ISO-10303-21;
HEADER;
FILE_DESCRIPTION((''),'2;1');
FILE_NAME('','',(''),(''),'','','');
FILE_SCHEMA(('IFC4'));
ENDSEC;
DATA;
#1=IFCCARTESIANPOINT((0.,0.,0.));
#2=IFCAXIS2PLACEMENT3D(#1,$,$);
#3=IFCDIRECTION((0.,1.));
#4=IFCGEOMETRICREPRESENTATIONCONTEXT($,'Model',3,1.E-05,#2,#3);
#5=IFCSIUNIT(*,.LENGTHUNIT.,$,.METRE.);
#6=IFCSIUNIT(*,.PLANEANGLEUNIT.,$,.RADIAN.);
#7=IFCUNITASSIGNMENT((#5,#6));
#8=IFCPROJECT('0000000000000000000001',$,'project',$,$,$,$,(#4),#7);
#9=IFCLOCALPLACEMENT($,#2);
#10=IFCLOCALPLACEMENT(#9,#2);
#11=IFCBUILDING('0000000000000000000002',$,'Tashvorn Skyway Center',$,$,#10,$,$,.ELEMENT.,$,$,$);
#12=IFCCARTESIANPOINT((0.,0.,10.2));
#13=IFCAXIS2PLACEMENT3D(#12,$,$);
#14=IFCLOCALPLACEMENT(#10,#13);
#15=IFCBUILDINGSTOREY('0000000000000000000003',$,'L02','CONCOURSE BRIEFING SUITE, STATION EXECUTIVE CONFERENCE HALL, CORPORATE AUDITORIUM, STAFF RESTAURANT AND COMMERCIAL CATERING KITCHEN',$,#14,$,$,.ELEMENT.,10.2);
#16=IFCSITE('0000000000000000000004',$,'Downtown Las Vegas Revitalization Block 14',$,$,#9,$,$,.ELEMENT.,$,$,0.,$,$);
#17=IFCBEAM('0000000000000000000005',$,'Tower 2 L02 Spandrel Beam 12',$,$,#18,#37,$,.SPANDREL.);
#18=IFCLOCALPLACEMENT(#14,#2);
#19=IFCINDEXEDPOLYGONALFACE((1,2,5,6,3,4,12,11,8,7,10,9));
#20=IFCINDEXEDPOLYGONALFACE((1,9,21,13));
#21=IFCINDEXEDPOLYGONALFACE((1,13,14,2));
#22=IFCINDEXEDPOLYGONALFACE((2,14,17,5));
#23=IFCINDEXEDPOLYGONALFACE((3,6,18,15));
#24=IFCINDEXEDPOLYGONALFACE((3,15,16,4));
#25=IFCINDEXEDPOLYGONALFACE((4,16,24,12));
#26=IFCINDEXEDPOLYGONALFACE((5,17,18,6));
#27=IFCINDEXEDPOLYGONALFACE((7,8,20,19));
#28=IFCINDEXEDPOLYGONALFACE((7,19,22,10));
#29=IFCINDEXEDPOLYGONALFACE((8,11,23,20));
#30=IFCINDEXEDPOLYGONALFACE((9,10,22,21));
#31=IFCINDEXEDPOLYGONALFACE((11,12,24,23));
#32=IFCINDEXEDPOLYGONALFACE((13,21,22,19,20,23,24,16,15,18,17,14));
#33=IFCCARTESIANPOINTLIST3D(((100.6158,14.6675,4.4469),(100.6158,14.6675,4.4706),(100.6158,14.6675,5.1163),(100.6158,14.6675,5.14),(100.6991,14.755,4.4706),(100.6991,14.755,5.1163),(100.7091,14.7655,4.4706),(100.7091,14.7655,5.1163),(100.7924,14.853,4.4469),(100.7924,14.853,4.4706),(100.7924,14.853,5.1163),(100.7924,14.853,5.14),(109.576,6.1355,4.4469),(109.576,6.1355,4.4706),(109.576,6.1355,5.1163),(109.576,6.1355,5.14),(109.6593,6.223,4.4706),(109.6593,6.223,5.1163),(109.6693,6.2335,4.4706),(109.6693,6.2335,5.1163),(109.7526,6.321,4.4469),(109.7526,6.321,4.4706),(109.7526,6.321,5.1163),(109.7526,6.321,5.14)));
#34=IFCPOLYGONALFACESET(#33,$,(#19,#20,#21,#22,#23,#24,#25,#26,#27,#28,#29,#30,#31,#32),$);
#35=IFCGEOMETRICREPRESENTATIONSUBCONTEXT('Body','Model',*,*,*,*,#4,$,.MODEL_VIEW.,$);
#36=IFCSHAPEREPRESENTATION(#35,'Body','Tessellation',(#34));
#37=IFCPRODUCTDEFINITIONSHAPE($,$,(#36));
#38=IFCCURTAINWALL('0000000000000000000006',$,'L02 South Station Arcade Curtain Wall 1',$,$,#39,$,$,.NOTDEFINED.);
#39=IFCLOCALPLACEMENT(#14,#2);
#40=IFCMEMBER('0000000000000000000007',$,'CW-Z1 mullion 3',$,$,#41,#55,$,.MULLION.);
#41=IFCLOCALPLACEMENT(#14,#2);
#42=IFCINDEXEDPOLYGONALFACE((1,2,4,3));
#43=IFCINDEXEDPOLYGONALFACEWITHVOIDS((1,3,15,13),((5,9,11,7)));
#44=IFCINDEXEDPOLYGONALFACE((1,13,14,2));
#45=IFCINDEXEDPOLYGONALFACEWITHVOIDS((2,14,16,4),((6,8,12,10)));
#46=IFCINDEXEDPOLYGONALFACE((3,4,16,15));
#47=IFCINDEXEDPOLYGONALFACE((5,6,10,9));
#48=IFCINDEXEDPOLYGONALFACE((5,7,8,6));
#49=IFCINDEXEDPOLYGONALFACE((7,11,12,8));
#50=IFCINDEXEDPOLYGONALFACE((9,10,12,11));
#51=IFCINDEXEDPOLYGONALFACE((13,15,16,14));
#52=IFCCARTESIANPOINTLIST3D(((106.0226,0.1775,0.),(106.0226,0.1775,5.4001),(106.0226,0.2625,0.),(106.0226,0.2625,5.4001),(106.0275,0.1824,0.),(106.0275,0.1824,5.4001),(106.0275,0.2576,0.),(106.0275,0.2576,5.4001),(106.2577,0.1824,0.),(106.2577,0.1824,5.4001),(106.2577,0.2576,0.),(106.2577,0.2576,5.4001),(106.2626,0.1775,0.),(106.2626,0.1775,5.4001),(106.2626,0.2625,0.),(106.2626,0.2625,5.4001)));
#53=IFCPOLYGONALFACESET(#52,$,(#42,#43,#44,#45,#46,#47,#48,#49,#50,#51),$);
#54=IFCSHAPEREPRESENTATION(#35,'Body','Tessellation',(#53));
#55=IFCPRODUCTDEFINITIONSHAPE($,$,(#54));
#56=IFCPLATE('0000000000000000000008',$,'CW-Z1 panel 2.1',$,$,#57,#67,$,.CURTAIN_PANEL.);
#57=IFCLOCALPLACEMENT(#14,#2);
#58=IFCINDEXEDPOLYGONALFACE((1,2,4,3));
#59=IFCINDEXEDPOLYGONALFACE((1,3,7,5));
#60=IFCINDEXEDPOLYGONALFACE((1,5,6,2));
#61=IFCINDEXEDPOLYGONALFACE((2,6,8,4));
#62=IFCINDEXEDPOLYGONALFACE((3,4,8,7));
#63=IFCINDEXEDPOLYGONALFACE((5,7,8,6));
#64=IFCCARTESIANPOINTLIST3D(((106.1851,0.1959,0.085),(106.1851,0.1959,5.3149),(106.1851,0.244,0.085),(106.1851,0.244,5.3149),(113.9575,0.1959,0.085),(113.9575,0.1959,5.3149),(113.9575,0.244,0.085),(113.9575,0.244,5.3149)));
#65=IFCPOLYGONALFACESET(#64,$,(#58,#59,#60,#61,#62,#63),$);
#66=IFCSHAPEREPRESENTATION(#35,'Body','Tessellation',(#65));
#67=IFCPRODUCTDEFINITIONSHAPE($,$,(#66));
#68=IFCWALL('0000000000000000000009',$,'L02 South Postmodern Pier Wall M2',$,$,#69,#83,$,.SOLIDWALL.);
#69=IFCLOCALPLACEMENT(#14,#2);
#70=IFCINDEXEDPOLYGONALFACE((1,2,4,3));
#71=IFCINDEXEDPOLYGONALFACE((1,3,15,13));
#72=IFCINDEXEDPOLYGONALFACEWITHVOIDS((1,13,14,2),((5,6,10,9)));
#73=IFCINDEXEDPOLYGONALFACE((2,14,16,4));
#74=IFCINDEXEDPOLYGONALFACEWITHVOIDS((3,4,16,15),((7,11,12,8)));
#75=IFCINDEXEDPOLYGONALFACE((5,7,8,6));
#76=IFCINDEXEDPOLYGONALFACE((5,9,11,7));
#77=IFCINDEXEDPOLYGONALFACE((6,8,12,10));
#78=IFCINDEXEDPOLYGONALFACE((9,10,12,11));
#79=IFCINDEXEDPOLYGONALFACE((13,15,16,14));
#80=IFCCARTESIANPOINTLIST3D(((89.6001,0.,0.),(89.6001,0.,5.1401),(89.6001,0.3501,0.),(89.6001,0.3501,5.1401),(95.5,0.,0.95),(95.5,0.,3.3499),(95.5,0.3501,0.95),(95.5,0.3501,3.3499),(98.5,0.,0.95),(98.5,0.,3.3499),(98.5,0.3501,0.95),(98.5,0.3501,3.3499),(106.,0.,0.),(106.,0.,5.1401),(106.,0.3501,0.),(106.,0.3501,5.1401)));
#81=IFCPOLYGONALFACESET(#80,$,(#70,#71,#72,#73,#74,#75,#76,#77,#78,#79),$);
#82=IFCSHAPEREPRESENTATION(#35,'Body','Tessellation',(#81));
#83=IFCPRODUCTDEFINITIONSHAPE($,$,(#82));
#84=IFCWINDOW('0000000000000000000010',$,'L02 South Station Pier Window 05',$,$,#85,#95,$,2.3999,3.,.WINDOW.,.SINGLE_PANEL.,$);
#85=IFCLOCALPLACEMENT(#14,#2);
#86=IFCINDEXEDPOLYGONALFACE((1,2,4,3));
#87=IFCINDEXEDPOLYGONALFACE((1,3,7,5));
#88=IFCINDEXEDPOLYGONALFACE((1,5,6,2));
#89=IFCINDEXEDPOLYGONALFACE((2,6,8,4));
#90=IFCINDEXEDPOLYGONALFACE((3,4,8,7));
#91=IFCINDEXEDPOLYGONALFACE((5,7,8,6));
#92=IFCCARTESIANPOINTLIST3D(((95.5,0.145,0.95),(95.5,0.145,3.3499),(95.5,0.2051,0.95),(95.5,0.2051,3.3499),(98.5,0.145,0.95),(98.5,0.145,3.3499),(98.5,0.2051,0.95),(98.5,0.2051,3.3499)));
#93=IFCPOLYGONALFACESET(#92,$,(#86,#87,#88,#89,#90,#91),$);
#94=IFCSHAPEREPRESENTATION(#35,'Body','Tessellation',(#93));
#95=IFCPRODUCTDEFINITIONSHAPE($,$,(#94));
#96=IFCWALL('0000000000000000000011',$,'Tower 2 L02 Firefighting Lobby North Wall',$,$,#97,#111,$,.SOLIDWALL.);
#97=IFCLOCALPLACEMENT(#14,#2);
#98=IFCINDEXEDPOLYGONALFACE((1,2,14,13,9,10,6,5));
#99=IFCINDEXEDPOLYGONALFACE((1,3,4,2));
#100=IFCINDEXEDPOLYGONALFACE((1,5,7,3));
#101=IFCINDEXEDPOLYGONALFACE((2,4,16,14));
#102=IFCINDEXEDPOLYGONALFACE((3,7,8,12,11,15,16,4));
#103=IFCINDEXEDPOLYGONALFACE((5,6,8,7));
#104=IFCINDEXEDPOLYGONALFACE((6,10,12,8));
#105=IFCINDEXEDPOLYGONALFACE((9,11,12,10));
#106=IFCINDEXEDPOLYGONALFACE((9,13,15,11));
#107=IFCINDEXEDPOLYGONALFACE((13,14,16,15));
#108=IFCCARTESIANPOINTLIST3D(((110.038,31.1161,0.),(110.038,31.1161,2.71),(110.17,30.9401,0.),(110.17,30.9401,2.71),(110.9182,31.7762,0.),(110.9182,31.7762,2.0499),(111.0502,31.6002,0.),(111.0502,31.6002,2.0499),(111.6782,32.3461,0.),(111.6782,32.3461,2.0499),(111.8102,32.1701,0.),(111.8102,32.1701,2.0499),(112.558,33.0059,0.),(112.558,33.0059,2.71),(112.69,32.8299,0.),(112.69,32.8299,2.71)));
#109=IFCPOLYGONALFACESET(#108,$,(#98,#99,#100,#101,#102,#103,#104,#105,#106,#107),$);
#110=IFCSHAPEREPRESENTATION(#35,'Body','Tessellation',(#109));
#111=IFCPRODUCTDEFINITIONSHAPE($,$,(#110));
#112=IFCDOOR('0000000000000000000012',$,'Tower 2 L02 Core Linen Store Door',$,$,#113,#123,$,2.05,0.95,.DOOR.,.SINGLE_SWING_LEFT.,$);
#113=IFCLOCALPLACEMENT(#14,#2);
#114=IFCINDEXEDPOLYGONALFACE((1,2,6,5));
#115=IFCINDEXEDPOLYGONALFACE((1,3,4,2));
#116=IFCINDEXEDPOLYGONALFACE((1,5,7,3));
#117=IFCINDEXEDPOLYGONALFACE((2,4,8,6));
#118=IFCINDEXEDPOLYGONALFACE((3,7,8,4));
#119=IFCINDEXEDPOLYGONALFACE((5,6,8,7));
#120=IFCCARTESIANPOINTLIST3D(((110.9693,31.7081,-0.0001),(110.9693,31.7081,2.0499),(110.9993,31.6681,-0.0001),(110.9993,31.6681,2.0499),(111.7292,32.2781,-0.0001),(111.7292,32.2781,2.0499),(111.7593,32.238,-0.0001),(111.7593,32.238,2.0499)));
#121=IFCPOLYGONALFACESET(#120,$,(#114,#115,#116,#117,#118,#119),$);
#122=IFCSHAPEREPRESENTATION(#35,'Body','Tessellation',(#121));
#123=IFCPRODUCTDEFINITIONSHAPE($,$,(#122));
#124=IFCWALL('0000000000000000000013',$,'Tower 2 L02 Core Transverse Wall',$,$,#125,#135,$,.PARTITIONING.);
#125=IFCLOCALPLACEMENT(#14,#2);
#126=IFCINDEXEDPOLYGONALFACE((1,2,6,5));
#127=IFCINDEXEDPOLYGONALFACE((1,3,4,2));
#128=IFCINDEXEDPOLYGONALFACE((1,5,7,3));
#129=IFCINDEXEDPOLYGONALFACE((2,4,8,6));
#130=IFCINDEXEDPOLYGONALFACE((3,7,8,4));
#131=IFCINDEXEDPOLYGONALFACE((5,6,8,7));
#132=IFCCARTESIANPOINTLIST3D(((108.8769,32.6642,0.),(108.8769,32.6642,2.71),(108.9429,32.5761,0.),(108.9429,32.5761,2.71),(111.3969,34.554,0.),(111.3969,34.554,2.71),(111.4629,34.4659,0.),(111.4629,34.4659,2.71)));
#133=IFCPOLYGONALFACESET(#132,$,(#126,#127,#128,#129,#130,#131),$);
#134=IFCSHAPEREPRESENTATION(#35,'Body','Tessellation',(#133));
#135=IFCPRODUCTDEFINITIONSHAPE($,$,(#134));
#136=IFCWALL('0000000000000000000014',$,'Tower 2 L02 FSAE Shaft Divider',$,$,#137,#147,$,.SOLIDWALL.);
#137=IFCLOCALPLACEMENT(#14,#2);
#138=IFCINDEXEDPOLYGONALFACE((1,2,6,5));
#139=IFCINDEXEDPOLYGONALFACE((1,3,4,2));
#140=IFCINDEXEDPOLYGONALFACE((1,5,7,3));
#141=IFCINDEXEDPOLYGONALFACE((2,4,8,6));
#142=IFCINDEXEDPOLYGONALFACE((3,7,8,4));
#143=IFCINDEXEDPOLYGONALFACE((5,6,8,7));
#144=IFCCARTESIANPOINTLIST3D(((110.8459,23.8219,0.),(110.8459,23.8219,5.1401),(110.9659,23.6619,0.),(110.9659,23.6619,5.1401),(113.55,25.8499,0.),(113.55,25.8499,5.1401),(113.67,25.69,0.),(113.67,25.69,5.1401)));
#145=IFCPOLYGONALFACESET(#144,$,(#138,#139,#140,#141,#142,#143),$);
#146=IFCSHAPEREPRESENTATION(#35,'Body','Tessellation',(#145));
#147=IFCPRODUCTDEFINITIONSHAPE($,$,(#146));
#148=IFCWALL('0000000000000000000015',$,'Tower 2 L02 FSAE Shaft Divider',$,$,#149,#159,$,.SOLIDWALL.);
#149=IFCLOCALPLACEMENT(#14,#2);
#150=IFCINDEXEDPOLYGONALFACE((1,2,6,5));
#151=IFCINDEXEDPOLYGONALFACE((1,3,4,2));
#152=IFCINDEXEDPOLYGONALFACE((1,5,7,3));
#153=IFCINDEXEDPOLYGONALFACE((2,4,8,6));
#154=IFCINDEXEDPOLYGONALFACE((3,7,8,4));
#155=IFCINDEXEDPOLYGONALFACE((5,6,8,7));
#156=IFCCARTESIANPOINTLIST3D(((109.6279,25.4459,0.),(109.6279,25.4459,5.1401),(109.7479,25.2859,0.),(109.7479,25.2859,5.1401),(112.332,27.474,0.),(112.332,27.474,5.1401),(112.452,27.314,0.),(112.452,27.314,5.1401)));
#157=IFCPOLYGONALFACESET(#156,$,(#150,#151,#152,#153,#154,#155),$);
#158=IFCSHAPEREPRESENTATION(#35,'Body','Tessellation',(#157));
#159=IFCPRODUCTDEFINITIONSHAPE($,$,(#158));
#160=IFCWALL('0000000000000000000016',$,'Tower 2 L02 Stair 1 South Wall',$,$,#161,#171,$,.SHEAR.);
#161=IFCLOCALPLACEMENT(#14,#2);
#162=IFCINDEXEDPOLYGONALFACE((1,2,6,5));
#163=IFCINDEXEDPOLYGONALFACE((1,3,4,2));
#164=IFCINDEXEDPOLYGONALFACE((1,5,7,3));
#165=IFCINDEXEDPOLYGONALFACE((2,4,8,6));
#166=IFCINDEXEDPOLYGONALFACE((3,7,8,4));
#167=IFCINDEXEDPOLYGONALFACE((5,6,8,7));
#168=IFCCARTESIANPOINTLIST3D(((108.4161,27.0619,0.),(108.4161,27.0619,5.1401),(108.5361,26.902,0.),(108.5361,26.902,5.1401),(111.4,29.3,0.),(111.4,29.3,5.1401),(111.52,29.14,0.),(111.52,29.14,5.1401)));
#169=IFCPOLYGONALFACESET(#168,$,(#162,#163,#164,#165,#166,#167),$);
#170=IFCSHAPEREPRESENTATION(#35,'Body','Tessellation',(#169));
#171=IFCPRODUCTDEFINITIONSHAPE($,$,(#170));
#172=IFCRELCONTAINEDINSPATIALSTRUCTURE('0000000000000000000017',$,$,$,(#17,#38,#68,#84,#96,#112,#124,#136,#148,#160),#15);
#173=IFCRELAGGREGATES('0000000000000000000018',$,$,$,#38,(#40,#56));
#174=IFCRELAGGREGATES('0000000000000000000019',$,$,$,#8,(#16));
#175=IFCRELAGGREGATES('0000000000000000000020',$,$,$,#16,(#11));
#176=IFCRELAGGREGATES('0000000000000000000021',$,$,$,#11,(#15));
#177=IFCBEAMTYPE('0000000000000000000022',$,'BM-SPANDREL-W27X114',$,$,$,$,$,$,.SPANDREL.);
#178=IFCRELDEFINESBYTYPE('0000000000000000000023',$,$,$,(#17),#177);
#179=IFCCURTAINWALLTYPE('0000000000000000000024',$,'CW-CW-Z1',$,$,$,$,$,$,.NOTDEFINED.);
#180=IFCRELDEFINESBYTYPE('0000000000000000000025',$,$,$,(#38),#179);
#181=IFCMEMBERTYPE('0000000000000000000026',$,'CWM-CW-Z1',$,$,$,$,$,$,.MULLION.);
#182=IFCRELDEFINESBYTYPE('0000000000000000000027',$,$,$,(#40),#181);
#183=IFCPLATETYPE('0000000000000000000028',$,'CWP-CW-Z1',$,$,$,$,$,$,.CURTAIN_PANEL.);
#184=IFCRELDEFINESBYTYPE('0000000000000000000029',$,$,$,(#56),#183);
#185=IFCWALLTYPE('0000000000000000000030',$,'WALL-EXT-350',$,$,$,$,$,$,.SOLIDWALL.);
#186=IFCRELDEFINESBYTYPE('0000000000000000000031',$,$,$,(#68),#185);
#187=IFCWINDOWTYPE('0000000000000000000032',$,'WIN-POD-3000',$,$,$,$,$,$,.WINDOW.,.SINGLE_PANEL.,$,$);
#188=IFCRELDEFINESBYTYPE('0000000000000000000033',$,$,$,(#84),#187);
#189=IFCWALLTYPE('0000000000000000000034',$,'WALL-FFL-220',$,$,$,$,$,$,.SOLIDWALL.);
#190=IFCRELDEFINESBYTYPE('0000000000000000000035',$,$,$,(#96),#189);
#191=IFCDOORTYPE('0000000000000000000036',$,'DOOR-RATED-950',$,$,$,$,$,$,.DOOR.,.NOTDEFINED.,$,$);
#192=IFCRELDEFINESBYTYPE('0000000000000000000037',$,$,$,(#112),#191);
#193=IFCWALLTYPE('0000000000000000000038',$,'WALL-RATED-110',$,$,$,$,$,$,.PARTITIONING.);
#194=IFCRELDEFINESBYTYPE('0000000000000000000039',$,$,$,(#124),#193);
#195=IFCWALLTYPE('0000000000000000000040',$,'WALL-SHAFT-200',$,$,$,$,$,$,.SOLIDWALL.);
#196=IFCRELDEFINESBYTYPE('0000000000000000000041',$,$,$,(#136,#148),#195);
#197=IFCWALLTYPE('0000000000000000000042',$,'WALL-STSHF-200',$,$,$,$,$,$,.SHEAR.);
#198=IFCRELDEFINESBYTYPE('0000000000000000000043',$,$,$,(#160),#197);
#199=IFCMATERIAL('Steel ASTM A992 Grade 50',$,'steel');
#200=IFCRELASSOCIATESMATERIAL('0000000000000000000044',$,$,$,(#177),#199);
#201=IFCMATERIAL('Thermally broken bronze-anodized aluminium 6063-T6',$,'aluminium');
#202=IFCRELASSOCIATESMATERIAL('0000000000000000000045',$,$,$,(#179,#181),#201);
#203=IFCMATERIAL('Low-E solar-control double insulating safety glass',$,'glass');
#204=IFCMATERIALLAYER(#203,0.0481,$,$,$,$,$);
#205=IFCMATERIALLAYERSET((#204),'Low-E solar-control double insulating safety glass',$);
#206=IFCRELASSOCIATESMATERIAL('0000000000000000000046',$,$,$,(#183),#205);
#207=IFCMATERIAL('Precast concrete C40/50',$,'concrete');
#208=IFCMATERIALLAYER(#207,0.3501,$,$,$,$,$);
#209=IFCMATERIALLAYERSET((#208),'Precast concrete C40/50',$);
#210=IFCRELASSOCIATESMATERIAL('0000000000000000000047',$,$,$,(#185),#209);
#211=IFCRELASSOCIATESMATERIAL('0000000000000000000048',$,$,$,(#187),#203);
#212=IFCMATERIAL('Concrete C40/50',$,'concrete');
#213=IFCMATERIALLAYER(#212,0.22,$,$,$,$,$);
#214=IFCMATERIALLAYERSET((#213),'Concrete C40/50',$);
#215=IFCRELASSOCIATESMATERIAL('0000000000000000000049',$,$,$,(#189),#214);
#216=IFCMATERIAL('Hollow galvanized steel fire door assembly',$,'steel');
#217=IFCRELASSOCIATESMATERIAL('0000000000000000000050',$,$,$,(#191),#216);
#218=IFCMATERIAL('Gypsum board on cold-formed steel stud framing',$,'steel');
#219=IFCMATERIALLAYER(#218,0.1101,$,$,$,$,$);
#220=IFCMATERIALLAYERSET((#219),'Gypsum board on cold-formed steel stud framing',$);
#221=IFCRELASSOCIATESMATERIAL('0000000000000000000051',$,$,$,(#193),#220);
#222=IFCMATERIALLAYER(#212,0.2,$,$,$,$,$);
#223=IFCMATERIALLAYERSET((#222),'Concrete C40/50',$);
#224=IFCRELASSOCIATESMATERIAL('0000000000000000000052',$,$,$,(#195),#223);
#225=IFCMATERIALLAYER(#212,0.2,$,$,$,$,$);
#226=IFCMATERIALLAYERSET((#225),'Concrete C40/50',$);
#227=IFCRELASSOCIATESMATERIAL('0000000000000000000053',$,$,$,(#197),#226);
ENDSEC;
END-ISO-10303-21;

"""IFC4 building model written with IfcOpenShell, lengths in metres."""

from ifc_helpers import new_model, si_unit, direction, frame, frame_2d, origin, origin_2d, place, context, subcontext, project, spatial, rectangle, hollow_rectangle, i_section, extrude, material, layer, layer_set, material_profile, profile_set, type_object, element, fill, aggregate, save


model = new_model("IFC4")

# Units and contexts
model_context = context("Model", 3, precision=1e-05, world=origin(), true_north=direction((0.0, 1.0)))
body_context = subcontext(model_context, "Body", "Model", "MODEL_VIEW")
ifc_project = project(units=[si_unit("LENGTHUNIT", "METRE"), si_unit("PLANEANGLEUNIT", "RADIAN")], contexts=[model_context])

# Site, building, storey
site_placement = place(None, origin())
site = spatial("IfcSite", under=ifc_project, at=site_placement, Name="Downtown Las Vegas Revitalization Block 14", CompositionType="ELEMENT", RefElevation=0.0)
building_placement = place(site_placement, origin())
building = spatial("IfcBuilding", under=site, at=building_placement, Name="Tashvorn Skyway Center", CompositionType="ELEMENT")
storey_placement = place(building_placement, frame((0.0, 0.0, 10.2)))
storey = spatial("IfcBuildingStorey", under=building, at=storey_placement, Name="L02", Description="CONCOURSE BRIEFING SUITE, STATION EXECUTIVE CONFERENCE HALL, CORPORATE AUDITORIUM, STAFF RESTAURANT AND COMMERCIAL CATERING KITCHEN", CompositionType="ELEMENT", Elevation=10.2)

# Shared definitions
ifc_material_1 = material(Name="Precast concrete C40/50", Category="concrete")

# Beam
ifc_material_2 = material(Name="Steel ASTM A992 Grade 50", Category="steel")
ifc_material_profile_1 = material_profile(ifc_material_2, i_section(OverallWidth=0.2561, OverallDepth=0.6931, WebThickness=0.0144, FlangeThickness=0.0237, at=origin_2d()), Name="W27X114")
ifc_profile_set_1 = profile_set([ifc_material_profile_1], Name="Steel ASTM A992 Grade 50")
beam_type_1 = type_object("IfcBeamType", Name="BM-SPANDREL-W27X114", PredefinedType="SPANDREL", material=ifc_profile_set_1)
for number, where, z_axis, x_axis, name in (
    (1, (100.7041, 14.7603, 4.7935), (0.7242, -0.68959, 0.0), (0.68959, 0.7242, 0.0), "Tower 2 L02 Spandrel Beam 12"),
):
    element("IfcBeam", number, at=place(storey_placement, frame(where, z_axis=z_axis, x_axis=x_axis)), inside=storey, type_object=beam_type_1, Name=name, PredefinedType="SPANDREL", context=body_context, shape_type="SweptSolid", body=[
        extrude(i_section(OverallWidth=0.2561, OverallDepth=0.6931, WebThickness=0.0144, FlangeThickness=0.0237, at=origin_2d()), origin(), (0.0, 0.0, 1.0), 12.3726),
    ])

# Curtain wall, member, plate
ifc_material_3 = material(Name="Thermally broken bronze-anodized aluminium 6063-T6", Category="aluminium")
curtain_wall_type = type_object("IfcCurtainWallType", Name="CW-CW-Z1", PredefinedType="NOTDEFINED", material=ifc_material_3)
curtain_wall_placement = place(storey_placement, origin())
curtain_wall = element("IfcCurtainWall", 2, at=curtain_wall_placement, inside=storey, type_object=curtain_wall_type, Name="L02 South Station Arcade Curtain Wall 1", PredefinedType="NOTDEFINED")
ifc_material_profile_2 = material_profile(ifc_material_3, hollow_rectangle(XDim=0.085, YDim=0.24, WallThickness=0.0049, at=origin_2d()), Name="ALU-MULL-85x240")
ifc_profile_set_2 = profile_set([ifc_material_profile_2], Name="Thermally broken bronze-anodized aluminium 6063-T6")
member_type = type_object("IfcMemberType", Name="CWM-CW-Z1", PredefinedType="MULLION", material=ifc_profile_set_2)
member_placement = place(storey_placement, frame((106.1426, 0.22, 0.0), z_axis=(0.0, 0.0, 1.0), x_axis=(0.0, -1.0, 0.0)))
member = element("IfcMember", 3, at=member_placement, type_object=member_type, Name="CW-Z1 mullion 3", PredefinedType="MULLION", context=body_context, shape_type="SweptSolid", body=[
    extrude(hollow_rectangle(XDim=0.085, YDim=0.24, WallThickness=0.0049, at=origin_2d()), origin(), (0.0, 0.0, 1.0), 5.4001),
])
ifc_material_4 = material(Name="Low-E solar-control double insulating safety glass", Category="glass")
ifc_layer_1 = layer(ifc_material_4, 0.0481)
ifc_layer_set_1 = layer_set([ifc_layer_1], Name="Low-E solar-control double insulating safety glass")
plate_type = type_object("IfcPlateType", Name="CWP-CW-Z1", PredefinedType="CURTAIN_PANEL", material=ifc_layer_set_1)
plate_placement = place(storey_placement, frame((110.0713, 0.22, 0.085), z_axis=(0.0, 0.0, 1.0), x_axis=(-1.0, 0.0, 0.0)))
plate = element("IfcPlate", 4, at=plate_placement, type_object=plate_type, Name="CW-Z1 panel 2.1", PredefinedType="CURTAIN_PANEL", context=body_context, shape_type="SweptSolid", body=[
    extrude(rectangle(XDim=7.7725, YDim=0.0481, at=origin_2d()), origin(), (0.0, 0.0, 1.0), 5.23),
])
aggregate(curtain_wall, [member, plate])

# Wall, opening, window
ifc_layer_2 = layer(ifc_material_1, 0.3501)
ifc_layer_set_2 = layer_set([ifc_layer_2], Name="Precast concrete C40/50")
wall_type_1 = type_object("IfcWallType", Name="WALL-EXT-350", PredefinedType="SOLIDWALL", material=ifc_layer_set_2)
wall_1_placement = place(storey_placement, frame((106.0, 0.175, 0.0), z_axis=(0.0, 0.0, 1.0), x_axis=(-1.0, 0.0, 0.0)))
wall_1 = element("IfcWall", 5, at=wall_1_placement, inside=storey, type_object=wall_type_1, Name="L02 South Postmodern Pier Wall M2", PredefinedType="SOLIDWALL", context=body_context, shape_type="SweptSolid", body=[
    extrude(rectangle(XDim=16.3999, YDim=0.3501, at=frame_2d((8.2, 0.0))), origin(), (0.0, 0.0, 1.0), 5.1401),
])
opening_1_placement = place(wall_1_placement, frame((7.5, 0.0, 0.95)))
opening_1 = element("IfcOpeningElement", 6, at=opening_1_placement, cuts=wall_1, PredefinedType="OPENING", context=body_context, shape_type="SweptSolid", body=[
    extrude(rectangle(XDim=3.0, YDim=2.3999, at=frame_2d((1.5, 1.2))), frame((0.0, 0.1851, 0.0), z_axis=(0.0, -1.0, 0.0), x_axis=(1.0, 0.0, 0.0)), (0.0, 0.0, 1.0), 0.3701),
])
window_type = type_object("IfcWindowType", Name="WIN-POD-3000", PartitioningType="SINGLE_PANEL", PredefinedType="WINDOW", material=ifc_material_4)
window_placement = place(opening_1_placement, origin())
window = element("IfcWindow", 7, at=window_placement, inside=storey, type_object=window_type, Name="L02 South Station Pier Window 05", OverallHeight=2.3999, OverallWidth=3.0, PartitioningType="SINGLE_PANEL", PredefinedType="WINDOW", context=body_context, shape_type="SweptSolid", body=[
    extrude(rectangle(XDim=3.0, YDim=2.3999, at=frame_2d((1.5, 1.2))), frame((0.0, 0.03, 0.0), z_axis=(0.0, -1.0, 0.0), x_axis=(1.0, 0.0, 0.0)), (0.0, 0.0, 1.0), 0.0601),
])
fill(opening_1, window)

# Wall, opening, door
ifc_material_5 = material(Name="Concrete C40/50", Category="concrete")
ifc_layer_3 = layer(ifc_material_5, 0.22)
ifc_layer_set_3 = layer_set([ifc_layer_3], Name="Concrete C40/50")
wall_type_2 = type_object("IfcWallType", Name="WALL-FFL-220", PredefinedType="SOLIDWALL", material=ifc_layer_set_3)
wall_2_placement = place(storey_placement, frame((110.104, 31.0281, 0.0), z_axis=(0.0, 0.0, 1.0), x_axis=(0.800019, 0.599975, 0.0)))
wall_2 = element("IfcWall", 8, at=wall_2_placement, inside=storey, type_object=wall_type_2, Name="Tower 2 L02 Firefighting Lobby North Wall", PredefinedType="SOLIDWALL", context=body_context, shape_type="SweptSolid", body=[
    extrude(rectangle(XDim=3.1499, YDim=0.22, at=frame_2d((1.575, 0.0))), origin(), (0.0, 0.0, 1.0), 2.71),
])
opening_2_placement = place(wall_2_placement, frame((1.1001, 0.0, 0.0)))
opening_2 = element("IfcOpeningElement", 9, at=opening_2_placement, cuts=wall_2, PredefinedType="OPENING", context=body_context, shape_type="SweptSolid", body=[
    extrude(rectangle(XDim=0.95, YDim=2.05, at=frame_2d((0.4751, 1.0249))), frame((0.0, 0.1199, 0.0), z_axis=(0.0, -1.0, 0.0), x_axis=(1.0, 0.0, 0.0)), (0.0, 0.0, 1.0), 0.24),
])
ifc_material_6 = material(Name="Hollow galvanized steel fire door assembly", Category="steel")
door_type = type_object("IfcDoorType", Name="DOOR-RATED-950", OperationType="NOTDEFINED", PredefinedType="DOOR", material=ifc_material_6)
door_placement = place(opening_2_placement, origin())
door = element("IfcDoor", 10, at=door_placement, inside=storey, type_object=door_type, Name="Tower 2 L02 Core Linen Store Door", OperationType="SINGLE_SWING_LEFT", OverallHeight=2.05, OverallWidth=0.95, PredefinedType="DOOR", context=body_context, shape_type="SweptSolid", body=[
    extrude(rectangle(XDim=0.95, YDim=2.05, at=frame_2d((0.4751, 1.0249))), frame((0.0, 0.0249, 0.0), z_axis=(0.0, -1.0, 0.0), x_axis=(1.0, 0.0, 0.0)), (0.0, 0.0, 1.0), 0.05),
])
fill(opening_2, door)

# Walls
ifc_material_7 = material(Name="Gypsum board on cold-formed steel stud framing", Category="steel")
ifc_layer_4 = layer(ifc_material_7, 0.1101)
ifc_layer_set_4 = layer_set([ifc_layer_4], Name="Gypsum board on cold-formed steel stud framing")
wall_type_3 = type_object("IfcWallType", Name="WALL-RATED-110", PredefinedType="PARTITIONING", material=ifc_layer_set_4)
wall_3_placement = place(storey_placement, frame((108.9099, 32.6201, 0.0), z_axis=(0.0, 0.0, 1.0), x_axis=(0.800019, 0.599975, 0.0)))
element("IfcWall", 11, at=wall_3_placement, inside=storey, type_object=wall_type_3, Name="Tower 2 L02 Core Transverse Wall", PredefinedType="PARTITIONING", context=body_context, shape_type="SweptSolid", body=[
    extrude(rectangle(XDim=3.1499, YDim=0.1101, at=frame_2d((1.575, 0.0))), origin(), (0.0, 0.0, 1.0), 2.71),
])
ifc_layer_5 = layer(ifc_material_5, 0.2)
ifc_layer_set_5 = layer_set([ifc_layer_5], Name="Concrete C40/50")
wall_type_4 = type_object("IfcWallType", Name="WALL-SHAFT-200", PredefinedType="SOLIDWALL", material=ifc_layer_set_5)
for number, where, z_axis, x_axis, name in (
    (12, (110.906, 23.7419, 0.0), (0.0, 0.0, 1.0), (0.8, 0.6, 0.0), "Tower 2 L02 FSAE Shaft Divider"),
    (13, (109.688, 25.366, 0.0), (0.0, 0.0, 1.0), (0.8, 0.6, 0.0), "Tower 2 L02 FSAE Shaft Divider"),
):
    element("IfcWall", number, at=place(storey_placement, frame(where, z_axis=z_axis, x_axis=x_axis)), inside=storey, type_object=wall_type_4, Name=name, PredefinedType="SOLIDWALL", context=body_context, shape_type="SweptSolid", body=[
        extrude(rectangle(XDim=3.3801, YDim=0.2, at=frame_2d((1.6899, 0.0))), origin(), (0.0, 0.0, 1.0), 5.1401),
    ])
ifc_layer_6 = layer(ifc_material_5, 0.2)
ifc_layer_set_6 = layer_set([ifc_layer_6], Name="Concrete C40/50")
wall_type_5 = type_object("IfcWallType", Name="WALL-STSHF-200", PredefinedType="SHEAR", material=ifc_layer_set_6)
for number, where, z_axis, x_axis, name in (
    (14, (108.4761, 26.9819, 0.0), (0.0, 0.0, 1.0), (0.799984, 0.600021, 0.0), "Tower 2 L02 Stair 1 South Wall"),
):
    element("IfcWall", number, at=place(storey_placement, frame(where, z_axis=z_axis, x_axis=x_axis)), inside=storey, type_object=wall_type_5, Name=name, PredefinedType="SHEAR", context=body_context, shape_type="SweptSolid", body=[
        extrude(rectangle(XDim=3.73, YDim=0.2, at=frame_2d((1.865, 0.0))), origin(), (0.0, 0.0, 1.0), 5.1401),
    ])

save(model, "model.ifc")
